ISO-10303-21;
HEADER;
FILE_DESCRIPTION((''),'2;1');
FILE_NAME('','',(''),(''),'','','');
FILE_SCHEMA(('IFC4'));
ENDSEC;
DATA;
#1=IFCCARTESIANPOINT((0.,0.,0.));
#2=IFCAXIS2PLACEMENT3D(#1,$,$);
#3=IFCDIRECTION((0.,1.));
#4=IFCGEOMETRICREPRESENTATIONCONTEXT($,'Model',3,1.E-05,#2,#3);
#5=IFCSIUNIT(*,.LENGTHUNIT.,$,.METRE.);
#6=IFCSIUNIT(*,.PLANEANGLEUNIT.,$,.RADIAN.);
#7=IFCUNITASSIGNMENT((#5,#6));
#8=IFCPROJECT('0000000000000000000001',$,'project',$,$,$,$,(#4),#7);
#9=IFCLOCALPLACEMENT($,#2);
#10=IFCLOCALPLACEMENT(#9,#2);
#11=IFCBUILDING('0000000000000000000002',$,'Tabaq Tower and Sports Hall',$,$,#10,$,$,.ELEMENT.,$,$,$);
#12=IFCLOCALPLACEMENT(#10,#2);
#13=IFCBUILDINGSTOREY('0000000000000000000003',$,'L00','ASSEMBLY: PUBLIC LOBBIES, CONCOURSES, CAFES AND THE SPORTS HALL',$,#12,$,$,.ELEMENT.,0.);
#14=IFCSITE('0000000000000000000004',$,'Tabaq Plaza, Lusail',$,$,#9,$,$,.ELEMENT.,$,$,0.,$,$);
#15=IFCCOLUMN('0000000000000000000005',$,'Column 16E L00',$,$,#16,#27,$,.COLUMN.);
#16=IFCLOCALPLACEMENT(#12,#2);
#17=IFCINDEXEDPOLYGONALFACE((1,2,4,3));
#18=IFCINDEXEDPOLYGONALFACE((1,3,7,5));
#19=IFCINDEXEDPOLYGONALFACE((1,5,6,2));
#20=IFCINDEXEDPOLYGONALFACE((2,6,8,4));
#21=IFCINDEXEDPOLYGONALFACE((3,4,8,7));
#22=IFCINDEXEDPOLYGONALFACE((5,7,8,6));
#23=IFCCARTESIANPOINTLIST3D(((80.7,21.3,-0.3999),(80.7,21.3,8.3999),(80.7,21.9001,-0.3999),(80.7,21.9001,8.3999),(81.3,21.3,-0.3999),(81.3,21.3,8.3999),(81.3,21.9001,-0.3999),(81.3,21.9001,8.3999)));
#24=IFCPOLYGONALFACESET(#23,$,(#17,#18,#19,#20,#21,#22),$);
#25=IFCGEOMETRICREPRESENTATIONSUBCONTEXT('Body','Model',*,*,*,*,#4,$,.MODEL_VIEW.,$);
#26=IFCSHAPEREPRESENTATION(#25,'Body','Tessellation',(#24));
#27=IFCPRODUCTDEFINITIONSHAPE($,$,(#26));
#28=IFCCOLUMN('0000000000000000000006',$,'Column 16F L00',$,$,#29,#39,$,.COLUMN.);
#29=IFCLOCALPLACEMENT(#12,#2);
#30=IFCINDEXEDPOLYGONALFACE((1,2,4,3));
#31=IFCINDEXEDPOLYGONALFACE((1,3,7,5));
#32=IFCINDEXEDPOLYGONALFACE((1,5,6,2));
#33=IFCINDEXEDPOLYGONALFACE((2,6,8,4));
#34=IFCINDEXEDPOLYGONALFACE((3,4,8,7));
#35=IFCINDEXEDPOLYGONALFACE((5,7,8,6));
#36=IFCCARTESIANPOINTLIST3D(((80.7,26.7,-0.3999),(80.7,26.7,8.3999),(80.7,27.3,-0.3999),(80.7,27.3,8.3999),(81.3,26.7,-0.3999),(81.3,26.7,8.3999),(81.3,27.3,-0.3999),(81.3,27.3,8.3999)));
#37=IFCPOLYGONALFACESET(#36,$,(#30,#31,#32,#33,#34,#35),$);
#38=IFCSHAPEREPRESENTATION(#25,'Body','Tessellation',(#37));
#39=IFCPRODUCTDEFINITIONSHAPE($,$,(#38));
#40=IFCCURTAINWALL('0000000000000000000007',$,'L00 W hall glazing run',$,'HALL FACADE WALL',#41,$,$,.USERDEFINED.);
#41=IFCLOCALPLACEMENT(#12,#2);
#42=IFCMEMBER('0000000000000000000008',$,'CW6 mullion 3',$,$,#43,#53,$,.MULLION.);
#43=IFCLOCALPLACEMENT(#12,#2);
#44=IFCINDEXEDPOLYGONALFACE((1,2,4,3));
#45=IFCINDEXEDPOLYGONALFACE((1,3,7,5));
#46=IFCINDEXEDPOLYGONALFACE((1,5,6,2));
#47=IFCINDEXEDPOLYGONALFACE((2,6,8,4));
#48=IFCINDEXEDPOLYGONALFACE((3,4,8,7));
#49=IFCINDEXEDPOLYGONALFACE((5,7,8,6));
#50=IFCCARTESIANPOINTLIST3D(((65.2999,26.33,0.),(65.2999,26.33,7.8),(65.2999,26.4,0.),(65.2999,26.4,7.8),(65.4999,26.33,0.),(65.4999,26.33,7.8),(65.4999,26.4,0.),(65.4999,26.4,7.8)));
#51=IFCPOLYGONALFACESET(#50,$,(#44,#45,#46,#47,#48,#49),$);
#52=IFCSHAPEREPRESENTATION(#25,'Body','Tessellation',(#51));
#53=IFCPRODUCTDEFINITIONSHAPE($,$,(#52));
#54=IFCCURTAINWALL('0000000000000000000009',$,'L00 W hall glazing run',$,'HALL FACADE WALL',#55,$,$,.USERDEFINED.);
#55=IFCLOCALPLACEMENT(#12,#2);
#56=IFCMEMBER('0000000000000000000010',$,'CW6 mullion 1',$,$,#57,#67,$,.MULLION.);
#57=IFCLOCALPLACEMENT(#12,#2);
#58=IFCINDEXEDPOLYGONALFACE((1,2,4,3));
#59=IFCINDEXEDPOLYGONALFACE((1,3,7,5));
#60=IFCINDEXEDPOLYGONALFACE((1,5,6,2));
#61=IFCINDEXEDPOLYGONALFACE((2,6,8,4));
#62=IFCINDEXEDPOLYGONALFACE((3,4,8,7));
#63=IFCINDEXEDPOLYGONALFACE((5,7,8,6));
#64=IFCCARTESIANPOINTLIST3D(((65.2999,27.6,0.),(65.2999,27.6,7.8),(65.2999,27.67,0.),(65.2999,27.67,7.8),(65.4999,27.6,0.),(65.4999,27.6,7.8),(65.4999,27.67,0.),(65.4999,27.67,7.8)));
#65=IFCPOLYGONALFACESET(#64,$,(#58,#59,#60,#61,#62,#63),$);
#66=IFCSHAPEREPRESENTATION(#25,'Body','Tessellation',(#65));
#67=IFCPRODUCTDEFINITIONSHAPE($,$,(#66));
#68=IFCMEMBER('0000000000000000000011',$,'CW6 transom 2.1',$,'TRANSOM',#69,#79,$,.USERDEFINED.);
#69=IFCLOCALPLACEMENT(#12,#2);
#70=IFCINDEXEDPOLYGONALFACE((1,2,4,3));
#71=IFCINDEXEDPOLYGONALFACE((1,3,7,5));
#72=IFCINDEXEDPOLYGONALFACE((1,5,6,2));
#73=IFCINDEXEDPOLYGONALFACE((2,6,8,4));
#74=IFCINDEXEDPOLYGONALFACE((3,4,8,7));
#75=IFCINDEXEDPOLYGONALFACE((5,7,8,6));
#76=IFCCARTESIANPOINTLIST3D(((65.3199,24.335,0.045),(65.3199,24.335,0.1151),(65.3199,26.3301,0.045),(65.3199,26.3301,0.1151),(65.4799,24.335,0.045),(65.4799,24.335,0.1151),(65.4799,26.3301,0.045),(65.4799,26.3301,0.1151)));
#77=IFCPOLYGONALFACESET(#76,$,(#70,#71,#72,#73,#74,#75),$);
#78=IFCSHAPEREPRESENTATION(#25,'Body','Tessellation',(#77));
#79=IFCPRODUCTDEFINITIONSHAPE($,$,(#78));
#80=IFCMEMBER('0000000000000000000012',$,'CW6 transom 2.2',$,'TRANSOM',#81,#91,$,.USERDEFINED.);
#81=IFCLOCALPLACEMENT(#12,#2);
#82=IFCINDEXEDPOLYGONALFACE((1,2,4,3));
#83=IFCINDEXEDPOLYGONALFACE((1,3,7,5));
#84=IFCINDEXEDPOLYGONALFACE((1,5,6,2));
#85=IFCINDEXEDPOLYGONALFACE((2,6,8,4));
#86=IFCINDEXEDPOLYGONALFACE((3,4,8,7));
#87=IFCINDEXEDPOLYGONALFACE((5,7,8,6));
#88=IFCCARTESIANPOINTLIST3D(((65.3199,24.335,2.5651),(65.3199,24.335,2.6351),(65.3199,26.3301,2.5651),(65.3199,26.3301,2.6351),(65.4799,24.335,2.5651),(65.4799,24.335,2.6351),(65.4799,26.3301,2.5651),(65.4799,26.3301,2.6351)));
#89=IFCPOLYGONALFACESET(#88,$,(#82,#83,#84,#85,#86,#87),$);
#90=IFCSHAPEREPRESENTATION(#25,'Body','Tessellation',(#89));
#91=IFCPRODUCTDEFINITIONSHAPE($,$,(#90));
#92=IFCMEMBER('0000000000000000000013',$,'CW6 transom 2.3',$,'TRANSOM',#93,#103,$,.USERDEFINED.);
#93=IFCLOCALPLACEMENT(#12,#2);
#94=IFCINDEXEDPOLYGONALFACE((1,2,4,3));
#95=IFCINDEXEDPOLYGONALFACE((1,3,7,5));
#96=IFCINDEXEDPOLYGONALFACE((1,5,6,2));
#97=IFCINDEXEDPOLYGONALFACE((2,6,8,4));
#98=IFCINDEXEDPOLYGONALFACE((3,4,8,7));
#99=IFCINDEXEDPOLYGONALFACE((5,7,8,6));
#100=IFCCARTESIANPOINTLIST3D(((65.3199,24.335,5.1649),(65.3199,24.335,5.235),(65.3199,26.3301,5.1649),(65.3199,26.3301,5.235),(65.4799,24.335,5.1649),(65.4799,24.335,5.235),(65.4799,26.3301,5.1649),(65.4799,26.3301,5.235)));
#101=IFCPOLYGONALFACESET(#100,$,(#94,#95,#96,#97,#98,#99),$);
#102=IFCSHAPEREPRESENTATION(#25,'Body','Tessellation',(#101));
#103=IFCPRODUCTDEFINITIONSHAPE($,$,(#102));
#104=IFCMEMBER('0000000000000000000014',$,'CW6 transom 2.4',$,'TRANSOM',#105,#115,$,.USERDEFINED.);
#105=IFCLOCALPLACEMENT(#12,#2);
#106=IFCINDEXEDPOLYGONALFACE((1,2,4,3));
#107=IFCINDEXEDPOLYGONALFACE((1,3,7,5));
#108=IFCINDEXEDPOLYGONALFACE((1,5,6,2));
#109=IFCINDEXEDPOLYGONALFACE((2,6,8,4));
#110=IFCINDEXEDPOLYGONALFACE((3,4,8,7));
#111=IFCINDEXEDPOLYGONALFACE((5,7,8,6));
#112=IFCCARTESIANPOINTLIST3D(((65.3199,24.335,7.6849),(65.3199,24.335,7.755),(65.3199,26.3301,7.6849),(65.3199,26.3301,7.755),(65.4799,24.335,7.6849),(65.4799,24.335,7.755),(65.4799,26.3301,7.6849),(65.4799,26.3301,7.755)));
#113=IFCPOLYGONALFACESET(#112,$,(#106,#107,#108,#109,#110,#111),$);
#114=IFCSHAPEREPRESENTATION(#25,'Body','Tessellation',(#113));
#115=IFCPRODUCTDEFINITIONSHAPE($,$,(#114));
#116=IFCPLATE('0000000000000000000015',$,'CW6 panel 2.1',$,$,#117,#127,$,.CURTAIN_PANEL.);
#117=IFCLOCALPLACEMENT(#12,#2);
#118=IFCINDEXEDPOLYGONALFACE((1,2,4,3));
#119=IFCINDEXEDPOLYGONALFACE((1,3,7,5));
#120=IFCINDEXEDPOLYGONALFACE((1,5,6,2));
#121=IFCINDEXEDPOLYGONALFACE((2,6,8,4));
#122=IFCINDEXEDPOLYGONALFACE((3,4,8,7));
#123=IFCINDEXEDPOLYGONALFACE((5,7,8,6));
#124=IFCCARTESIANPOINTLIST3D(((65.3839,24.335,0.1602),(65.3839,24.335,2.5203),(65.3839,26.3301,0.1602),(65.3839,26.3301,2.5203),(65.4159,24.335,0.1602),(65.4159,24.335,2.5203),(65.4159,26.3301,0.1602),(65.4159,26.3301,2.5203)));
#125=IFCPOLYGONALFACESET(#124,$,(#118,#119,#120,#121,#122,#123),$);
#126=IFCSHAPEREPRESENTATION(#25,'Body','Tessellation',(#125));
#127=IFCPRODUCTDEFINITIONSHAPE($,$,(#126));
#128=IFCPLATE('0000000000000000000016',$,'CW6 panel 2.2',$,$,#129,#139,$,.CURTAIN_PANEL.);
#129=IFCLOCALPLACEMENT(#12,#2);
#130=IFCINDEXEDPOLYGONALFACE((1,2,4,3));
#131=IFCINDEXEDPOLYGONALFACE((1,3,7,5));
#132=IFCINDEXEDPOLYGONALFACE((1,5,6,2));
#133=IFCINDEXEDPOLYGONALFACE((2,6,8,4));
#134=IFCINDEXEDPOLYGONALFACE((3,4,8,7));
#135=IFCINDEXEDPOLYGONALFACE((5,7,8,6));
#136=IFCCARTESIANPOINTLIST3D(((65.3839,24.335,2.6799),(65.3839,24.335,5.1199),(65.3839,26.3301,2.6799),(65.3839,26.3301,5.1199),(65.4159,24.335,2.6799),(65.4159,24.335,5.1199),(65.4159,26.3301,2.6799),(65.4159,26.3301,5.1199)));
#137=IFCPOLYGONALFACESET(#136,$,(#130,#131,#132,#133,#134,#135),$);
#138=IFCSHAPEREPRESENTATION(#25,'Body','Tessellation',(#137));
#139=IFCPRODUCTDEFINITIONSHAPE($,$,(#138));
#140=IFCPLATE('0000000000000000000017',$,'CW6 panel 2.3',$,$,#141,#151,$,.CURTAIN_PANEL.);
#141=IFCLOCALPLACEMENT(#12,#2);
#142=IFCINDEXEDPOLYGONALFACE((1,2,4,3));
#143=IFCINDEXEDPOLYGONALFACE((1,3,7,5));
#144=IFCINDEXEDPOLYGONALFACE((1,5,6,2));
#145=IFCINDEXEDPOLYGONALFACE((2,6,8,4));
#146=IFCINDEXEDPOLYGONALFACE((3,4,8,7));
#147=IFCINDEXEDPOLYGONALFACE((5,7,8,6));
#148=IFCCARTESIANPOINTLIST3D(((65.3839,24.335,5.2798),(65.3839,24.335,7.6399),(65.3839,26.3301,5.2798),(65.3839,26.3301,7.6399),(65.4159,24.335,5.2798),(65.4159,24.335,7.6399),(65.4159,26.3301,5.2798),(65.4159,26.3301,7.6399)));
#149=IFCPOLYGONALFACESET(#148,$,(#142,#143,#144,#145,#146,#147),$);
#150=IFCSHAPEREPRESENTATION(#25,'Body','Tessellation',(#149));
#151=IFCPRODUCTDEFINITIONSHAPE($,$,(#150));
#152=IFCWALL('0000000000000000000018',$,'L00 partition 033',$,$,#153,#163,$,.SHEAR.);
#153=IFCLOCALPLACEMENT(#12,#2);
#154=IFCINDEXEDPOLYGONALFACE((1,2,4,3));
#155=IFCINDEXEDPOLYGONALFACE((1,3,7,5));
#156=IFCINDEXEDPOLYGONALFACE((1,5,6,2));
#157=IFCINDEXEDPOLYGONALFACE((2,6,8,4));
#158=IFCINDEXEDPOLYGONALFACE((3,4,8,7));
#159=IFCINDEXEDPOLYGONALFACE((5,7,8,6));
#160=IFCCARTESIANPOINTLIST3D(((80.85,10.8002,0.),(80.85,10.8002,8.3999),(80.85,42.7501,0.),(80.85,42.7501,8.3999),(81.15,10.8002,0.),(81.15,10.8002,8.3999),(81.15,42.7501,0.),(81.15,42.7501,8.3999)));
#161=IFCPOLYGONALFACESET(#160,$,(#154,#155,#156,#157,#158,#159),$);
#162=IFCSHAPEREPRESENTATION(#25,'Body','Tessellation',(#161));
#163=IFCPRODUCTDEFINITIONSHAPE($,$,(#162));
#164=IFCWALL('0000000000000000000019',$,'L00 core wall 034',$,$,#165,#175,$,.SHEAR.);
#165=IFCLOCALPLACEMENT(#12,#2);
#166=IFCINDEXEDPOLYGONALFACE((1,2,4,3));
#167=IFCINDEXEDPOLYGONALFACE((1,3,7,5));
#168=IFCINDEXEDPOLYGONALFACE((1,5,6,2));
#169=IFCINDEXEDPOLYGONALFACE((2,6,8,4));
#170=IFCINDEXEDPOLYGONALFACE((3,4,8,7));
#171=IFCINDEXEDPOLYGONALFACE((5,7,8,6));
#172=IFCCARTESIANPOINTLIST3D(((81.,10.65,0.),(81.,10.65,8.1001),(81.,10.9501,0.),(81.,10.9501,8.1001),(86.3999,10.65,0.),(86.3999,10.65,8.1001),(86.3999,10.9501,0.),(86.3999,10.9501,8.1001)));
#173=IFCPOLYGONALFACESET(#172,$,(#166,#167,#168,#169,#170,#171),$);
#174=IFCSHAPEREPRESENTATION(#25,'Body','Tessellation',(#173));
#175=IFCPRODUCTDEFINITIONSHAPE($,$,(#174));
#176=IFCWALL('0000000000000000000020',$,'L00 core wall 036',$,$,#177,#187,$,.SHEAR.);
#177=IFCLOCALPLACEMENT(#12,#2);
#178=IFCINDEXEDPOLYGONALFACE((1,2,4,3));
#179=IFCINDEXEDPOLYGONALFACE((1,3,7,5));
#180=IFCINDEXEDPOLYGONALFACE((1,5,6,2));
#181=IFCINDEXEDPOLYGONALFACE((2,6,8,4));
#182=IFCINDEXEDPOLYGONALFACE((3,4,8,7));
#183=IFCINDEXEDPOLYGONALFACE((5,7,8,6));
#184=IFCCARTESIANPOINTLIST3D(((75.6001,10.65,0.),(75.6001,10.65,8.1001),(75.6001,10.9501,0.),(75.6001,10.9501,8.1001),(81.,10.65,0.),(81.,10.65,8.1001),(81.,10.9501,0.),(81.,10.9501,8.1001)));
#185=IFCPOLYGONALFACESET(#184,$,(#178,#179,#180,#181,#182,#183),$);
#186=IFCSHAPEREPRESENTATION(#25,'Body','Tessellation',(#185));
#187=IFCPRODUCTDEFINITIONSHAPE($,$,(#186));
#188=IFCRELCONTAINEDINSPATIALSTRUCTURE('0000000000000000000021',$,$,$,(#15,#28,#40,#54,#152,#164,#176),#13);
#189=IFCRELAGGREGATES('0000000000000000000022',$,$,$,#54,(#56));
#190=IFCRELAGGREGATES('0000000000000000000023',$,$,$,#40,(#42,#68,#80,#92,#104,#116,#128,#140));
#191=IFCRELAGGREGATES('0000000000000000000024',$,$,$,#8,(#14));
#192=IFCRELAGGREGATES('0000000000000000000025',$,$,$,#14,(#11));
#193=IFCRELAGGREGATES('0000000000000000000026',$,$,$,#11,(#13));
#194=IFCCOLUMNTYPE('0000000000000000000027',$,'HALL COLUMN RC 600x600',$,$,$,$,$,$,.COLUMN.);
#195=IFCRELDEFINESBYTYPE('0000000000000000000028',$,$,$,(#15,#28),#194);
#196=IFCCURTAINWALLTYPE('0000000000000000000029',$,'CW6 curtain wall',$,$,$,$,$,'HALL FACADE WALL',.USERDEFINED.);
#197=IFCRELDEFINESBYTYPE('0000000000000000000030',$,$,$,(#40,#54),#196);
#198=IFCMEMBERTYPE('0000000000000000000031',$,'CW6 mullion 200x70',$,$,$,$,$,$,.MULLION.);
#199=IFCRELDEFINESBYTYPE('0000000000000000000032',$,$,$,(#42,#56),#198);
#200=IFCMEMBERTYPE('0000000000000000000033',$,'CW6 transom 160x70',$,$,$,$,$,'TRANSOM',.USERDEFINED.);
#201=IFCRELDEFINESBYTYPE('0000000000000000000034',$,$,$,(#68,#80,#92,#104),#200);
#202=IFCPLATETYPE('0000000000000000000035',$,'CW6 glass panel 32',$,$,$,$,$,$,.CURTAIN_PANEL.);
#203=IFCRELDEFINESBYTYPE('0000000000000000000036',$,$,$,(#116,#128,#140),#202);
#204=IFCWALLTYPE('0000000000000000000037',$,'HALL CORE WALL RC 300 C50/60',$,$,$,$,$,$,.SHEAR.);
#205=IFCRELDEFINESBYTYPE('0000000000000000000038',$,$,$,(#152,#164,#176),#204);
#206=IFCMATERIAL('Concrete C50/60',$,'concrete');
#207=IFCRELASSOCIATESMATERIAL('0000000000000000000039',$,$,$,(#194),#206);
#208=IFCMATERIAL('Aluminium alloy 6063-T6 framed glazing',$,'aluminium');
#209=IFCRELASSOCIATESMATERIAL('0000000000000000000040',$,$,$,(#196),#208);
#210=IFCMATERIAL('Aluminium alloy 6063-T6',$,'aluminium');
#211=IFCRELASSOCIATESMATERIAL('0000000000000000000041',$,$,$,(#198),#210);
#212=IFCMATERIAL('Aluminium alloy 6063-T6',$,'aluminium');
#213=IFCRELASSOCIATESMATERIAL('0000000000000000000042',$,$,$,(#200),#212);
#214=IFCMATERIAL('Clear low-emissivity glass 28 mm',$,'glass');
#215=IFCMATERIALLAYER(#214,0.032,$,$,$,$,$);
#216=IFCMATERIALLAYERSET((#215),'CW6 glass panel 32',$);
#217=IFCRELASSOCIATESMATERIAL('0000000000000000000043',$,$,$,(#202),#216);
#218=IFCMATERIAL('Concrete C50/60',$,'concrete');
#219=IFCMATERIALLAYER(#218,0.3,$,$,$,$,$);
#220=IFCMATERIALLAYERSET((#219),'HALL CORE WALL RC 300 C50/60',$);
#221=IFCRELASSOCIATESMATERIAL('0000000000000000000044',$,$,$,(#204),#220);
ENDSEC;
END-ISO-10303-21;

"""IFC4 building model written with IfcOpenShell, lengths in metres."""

from ifc_helpers import new_model, si_unit, direction, frame, frame_2d, origin, origin_2d, place, context, subcontext, project, spatial, rectangle, extrude, material, layer, layer_set, material_profile, profile_set, type_object, element, aggregate, save


model = new_model("IFC4")

# Units and contexts
model_context = context("Model", 3, precision=1e-05, world=origin(), true_north=direction((0.0, 1.0)))
body_context = subcontext(model_context, "Body", "Model", "MODEL_VIEW")
ifc_project = project(units=[si_unit("LENGTHUNIT", "METRE"), si_unit("PLANEANGLEUNIT", "RADIAN")], contexts=[model_context])

# Site, building, storey
site_placement = place(None, origin())
site = spatial("IfcSite", under=ifc_project, at=site_placement, Name="Tabaq Plaza, Lusail", CompositionType="ELEMENT", RefElevation=0.0)
building_placement = place(site_placement, origin())
building = spatial("IfcBuilding", under=site, at=building_placement, Name="Tabaq Tower and Sports Hall", CompositionType="ELEMENT")
storey_placement = place(building_placement, origin())
storey = spatial("IfcBuildingStorey", under=building, at=storey_placement, Name="L00", Description="ASSEMBLY: PUBLIC LOBBIES, CONCOURSES, CAFES AND THE SPORTS HALL", CompositionType="ELEMENT", Elevation=0.0)

# Columns
ifc_material_1 = material(Name="Concrete C50/60", Category="concrete")
ifc_material_profile_1 = material_profile(ifc_material_1, rectangle(XDim=0.6001, YDim=0.6001, at=origin_2d()), Name="RC 600x600")
ifc_profile_set_1 = profile_set([ifc_material_profile_1], Name="Concrete C50/60")
column_type = type_object("IfcColumnType", Name="HALL COLUMN RC 600x600", PredefinedType="COLUMN", material=ifc_profile_set_1)
for number, where, z_axis, x_axis, name in (
    (1, (81.0, 21.6001, -0.3999), (0.0, 0.0, 1.0), (1.0, 0.0, 0.0), "Column 16E L00"),
    (2, (81.0, 27.0, -0.3999), (0.0, 0.0, 1.0), (1.0, 0.0, 0.0), "Column 16F L00"),
):
    element("IfcColumn", number, at=place(storey_placement, frame(where, z_axis=z_axis, x_axis=x_axis)), inside=storey, type_object=column_type, Name=name, PredefinedType="COLUMN", context=body_context, shape_type="SweptSolid", body=[
        extrude(rectangle(XDim=0.6001, YDim=0.6001, at=origin_2d()), origin(), (0.0, 0.0, 1.0), 8.7998),
    ])

# Curtain walls, members
ifc_material_2 = material(Name="Aluminium alloy 6063-T6 framed glazing", Category="aluminium")
curtain_wall_type = type_object("IfcCurtainWallType", Name="CW6 curtain wall", ElementType="HALL FACADE WALL", PredefinedType="USERDEFINED", material=ifc_material_2)
curtain_wall_1_placement = place(storey_placement, origin())
curtain_wall_1 = element("IfcCurtainWall", 3, at=curtain_wall_1_placement, inside=storey, type_object=curtain_wall_type, Name="L00 W hall glazing run", ObjectType="HALL FACADE WALL", PredefinedType="USERDEFINED")
ifc_material_3 = material(Name="Aluminium alloy 6063-T6", Category="aluminium")
ifc_material_profile_2 = material_profile(ifc_material_3, rectangle(XDim=0.2, YDim=0.0701, at=origin_2d()), Name="MULLION 200x70")
ifc_profile_set_2 = profile_set([ifc_material_profile_2], Name="Aluminium alloy 6063-T6")
member_type_1 = type_object("IfcMemberType", Name="CW6 mullion 200x70", PredefinedType="MULLION", material=ifc_profile_set_2)
member_1_placement = place(storey_placement, frame((65.3999, 26.365, 0.0), z_axis=(0.0, 0.0, 1.0), x_axis=(-1.0, 0.0, 0.0)))
member_1 = element("IfcMember", 4, at=member_1_placement, type_object=member_type_1, Name="CW6 mullion 3", PredefinedType="MULLION", context=body_context, shape_type="SweptSolid", body=[
    extrude(rectangle(XDim=0.2, YDim=0.0701, at=origin_2d()), origin(), (0.0, 0.0, 1.0), 7.8),
])
curtain_wall_2_placement = place(storey_placement, origin())
curtain_wall_2 = element("IfcCurtainWall", 5, at=curtain_wall_2_placement, inside=storey, type_object=curtain_wall_type, Name="L00 W hall glazing run", ObjectType="HALL FACADE WALL", PredefinedType="USERDEFINED")
member_2_placement = place(storey_placement, frame((65.3999, 27.635, 0.0), z_axis=(0.0, 0.0, 1.0), x_axis=(-1.0, 0.0, 0.0)))
member_2 = element("IfcMember", 6, at=member_2_placement, type_object=member_type_1, Name="CW6 mullion 1", PredefinedType="MULLION", context=body_context, shape_type="SweptSolid", body=[
    extrude(rectangle(XDim=0.2, YDim=0.0701, at=origin_2d()), origin(), (0.0, 0.0, 1.0), 7.8),
])
aggregate(curtain_wall_2, [member_2])

# Members
ifc_material_4 = material(Name="Aluminium alloy 6063-T6", Category="aluminium")
ifc_material_profile_3 = material_profile(ifc_material_4, rectangle(XDim=0.1599, YDim=0.0701, at=origin_2d()), Name="TRANSOM 160x70")
ifc_profile_set_3 = profile_set([ifc_material_profile_3], Name="Aluminium alloy 6063-T6")
member_type_2 = type_object("IfcMemberType", Name="CW6 transom 160x70", ElementType="TRANSOM", PredefinedType="USERDEFINED", material=ifc_profile_set_3)
member_3_placement = place(storey_placement, frame((65.3999, 24.335, 0.0801), z_axis=(0.0, 1.0, 0.0), x_axis=(-1.0, 0.0, 0.0)))
member_3 = element("IfcMember", 7, at=member_3_placement, type_object=member_type_2, Name="CW6 transom 2.1", ObjectType="TRANSOM", PredefinedType="USERDEFINED", context=body_context, shape_type="SweptSolid", body=[
    extrude(rectangle(XDim=0.1599, YDim=0.0701, at=origin_2d()), origin(), (0.0, 0.0, 1.0), 1.9951),
])
member_4_placement = place(storey_placement, frame((65.3999, 24.335, 2.6001), z_axis=(0.0, 1.0, 0.0), x_axis=(-1.0, 0.0, 0.0)))
member_4 = element("IfcMember", 8, at=member_4_placement, type_object=member_type_2, Name="CW6 transom 2.2", ObjectType="TRANSOM", PredefinedType="USERDEFINED", context=body_context, shape_type="SweptSolid", body=[
    extrude(rectangle(XDim=0.1599, YDim=0.0701, at=origin_2d()), origin(), (0.0, 0.0, 1.0), 1.9951),
])
member_5_placement = place(storey_placement, frame((65.3999, 24.335, 5.2), z_axis=(0.0, 1.0, 0.0), x_axis=(-1.0, 0.0, 0.0)))
member_5 = element("IfcMember", 9, at=member_5_placement, type_object=member_type_2, Name="CW6 transom 2.3", ObjectType="TRANSOM", PredefinedType="USERDEFINED", context=body_context, shape_type="SweptSolid", body=[
    extrude(rectangle(XDim=0.1599, YDim=0.0701, at=origin_2d()), origin(), (0.0, 0.0, 1.0), 1.9951),
])
member_6_placement = place(storey_placement, frame((65.3999, 24.335, 7.72), z_axis=(0.0, 1.0, 0.0), x_axis=(-1.0, 0.0, 0.0)))
member_6 = element("IfcMember", 10, at=member_6_placement, type_object=member_type_2, Name="CW6 transom 2.4", ObjectType="TRANSOM", PredefinedType="USERDEFINED", context=body_context, shape_type="SweptSolid", body=[
    extrude(rectangle(XDim=0.1599, YDim=0.0701, at=origin_2d()), origin(), (0.0, 0.0, 1.0), 1.9951),
])

# Plates
ifc_material_5 = material(Name="Clear low-emissivity glass 28 mm", Category="glass")
ifc_layer_1 = layer(ifc_material_5, 0.032)
ifc_layer_set_1 = layer_set([ifc_layer_1], Name="CW6 glass panel 32")
plate_type = type_object("IfcPlateType", Name="CW6 glass panel 32", PredefinedType="CURTAIN_PANEL", material=ifc_layer_set_1)
plate_1_placement = place(storey_placement, frame((65.3999, 25.3325, 0.1602), z_axis=(0.0, 0.0, 1.0), x_axis=(0.0, 1.0, 0.0)))
plate_1 = element("IfcPlate", 11, at=plate_1_placement, type_object=plate_type, Name="CW6 panel 2.1", PredefinedType="CURTAIN_PANEL", context=body_context, shape_type="SweptSolid", body=[
    extrude(rectangle(XDim=1.9951, YDim=0.032, at=origin_2d()), origin(), (0.0, 0.0, 1.0), 2.3601),
])
plate_2_placement = place(storey_placement, frame((65.3999, 25.3325, 2.6799), z_axis=(0.0, 0.0, 1.0), x_axis=(0.0, 1.0, 0.0)))
plate_2 = element("IfcPlate", 12, at=plate_2_placement, type_object=plate_type, Name="CW6 panel 2.2", PredefinedType="CURTAIN_PANEL", context=body_context, shape_type="SweptSolid", body=[
    extrude(rectangle(XDim=1.9951, YDim=0.032, at=origin_2d()), origin(), (0.0, 0.0, 1.0), 2.4399),
])
plate_3_placement = place(storey_placement, frame((65.3999, 25.3325, 5.2798), z_axis=(0.0, 0.0, 1.0), x_axis=(0.0, 1.0, 0.0)))
plate_3 = element("IfcPlate", 13, at=plate_3_placement, type_object=plate_type, Name="CW6 panel 2.3", PredefinedType="CURTAIN_PANEL", context=body_context, shape_type="SweptSolid", body=[
    extrude(rectangle(XDim=1.9951, YDim=0.032, at=origin_2d()), origin(), (0.0, 0.0, 1.0), 2.3601),
])
aggregate(curtain_wall_1, [member_1, member_3, member_4, member_5, member_6, plate_1, plate_2, plate_3])

# Walls
ifc_material_6 = material(Name="Concrete C50/60", Category="concrete")
ifc_layer_2 = layer(ifc_material_6, 0.3)
ifc_layer_set_2 = layer_set([ifc_layer_2], Name="HALL CORE WALL RC 300 C50/60")
wall_type = type_object("IfcWallType", Name="HALL CORE WALL RC 300 C50/60", PredefinedType="SHEAR", material=ifc_layer_set_2)
wall_placement = place(storey_placement, frame((81.0, 10.8, 0.0), z_axis=(0.0, 0.0, 1.0), x_axis=(0.0, 1.0, 0.0)))
element("IfcWall", 14, at=wall_placement, inside=storey, type_object=wall_type, Name="L00 partition 033", PredefinedType="SHEAR", context=body_context, shape_type="SweptSolid", body=[
    extrude(rectangle(XDim=31.95, YDim=0.3, at=frame_2d((15.9751, 0.0))), origin(), (0.0, 0.0, 1.0), 8.3999),
])
for number, where, z_axis, x_axis, name in (
    (15, (81.0, 10.8, 0.0), (0.0, 0.0, 1.0), (1.0, 0.0, 0.0), "L00 core wall 034"),
    (16, (75.6001, 10.8, 0.0), (0.0, 0.0, 1.0), (1.0, 0.0, 0.0), "L00 core wall 036"),
):
    element("IfcWall", number, at=place(storey_placement, frame(where, z_axis=z_axis, x_axis=x_axis)), inside=storey, type_object=wall_type, Name=name, PredefinedType="SHEAR", context=body_context, shape_type="SweptSolid", body=[
        extrude(rectangle(XDim=5.3999, YDim=0.3, at=frame_2d((2.7, 0.0))), origin(), (0.0, 0.0, 1.0), 8.1001),
    ])

save(model, "model.ifc")
